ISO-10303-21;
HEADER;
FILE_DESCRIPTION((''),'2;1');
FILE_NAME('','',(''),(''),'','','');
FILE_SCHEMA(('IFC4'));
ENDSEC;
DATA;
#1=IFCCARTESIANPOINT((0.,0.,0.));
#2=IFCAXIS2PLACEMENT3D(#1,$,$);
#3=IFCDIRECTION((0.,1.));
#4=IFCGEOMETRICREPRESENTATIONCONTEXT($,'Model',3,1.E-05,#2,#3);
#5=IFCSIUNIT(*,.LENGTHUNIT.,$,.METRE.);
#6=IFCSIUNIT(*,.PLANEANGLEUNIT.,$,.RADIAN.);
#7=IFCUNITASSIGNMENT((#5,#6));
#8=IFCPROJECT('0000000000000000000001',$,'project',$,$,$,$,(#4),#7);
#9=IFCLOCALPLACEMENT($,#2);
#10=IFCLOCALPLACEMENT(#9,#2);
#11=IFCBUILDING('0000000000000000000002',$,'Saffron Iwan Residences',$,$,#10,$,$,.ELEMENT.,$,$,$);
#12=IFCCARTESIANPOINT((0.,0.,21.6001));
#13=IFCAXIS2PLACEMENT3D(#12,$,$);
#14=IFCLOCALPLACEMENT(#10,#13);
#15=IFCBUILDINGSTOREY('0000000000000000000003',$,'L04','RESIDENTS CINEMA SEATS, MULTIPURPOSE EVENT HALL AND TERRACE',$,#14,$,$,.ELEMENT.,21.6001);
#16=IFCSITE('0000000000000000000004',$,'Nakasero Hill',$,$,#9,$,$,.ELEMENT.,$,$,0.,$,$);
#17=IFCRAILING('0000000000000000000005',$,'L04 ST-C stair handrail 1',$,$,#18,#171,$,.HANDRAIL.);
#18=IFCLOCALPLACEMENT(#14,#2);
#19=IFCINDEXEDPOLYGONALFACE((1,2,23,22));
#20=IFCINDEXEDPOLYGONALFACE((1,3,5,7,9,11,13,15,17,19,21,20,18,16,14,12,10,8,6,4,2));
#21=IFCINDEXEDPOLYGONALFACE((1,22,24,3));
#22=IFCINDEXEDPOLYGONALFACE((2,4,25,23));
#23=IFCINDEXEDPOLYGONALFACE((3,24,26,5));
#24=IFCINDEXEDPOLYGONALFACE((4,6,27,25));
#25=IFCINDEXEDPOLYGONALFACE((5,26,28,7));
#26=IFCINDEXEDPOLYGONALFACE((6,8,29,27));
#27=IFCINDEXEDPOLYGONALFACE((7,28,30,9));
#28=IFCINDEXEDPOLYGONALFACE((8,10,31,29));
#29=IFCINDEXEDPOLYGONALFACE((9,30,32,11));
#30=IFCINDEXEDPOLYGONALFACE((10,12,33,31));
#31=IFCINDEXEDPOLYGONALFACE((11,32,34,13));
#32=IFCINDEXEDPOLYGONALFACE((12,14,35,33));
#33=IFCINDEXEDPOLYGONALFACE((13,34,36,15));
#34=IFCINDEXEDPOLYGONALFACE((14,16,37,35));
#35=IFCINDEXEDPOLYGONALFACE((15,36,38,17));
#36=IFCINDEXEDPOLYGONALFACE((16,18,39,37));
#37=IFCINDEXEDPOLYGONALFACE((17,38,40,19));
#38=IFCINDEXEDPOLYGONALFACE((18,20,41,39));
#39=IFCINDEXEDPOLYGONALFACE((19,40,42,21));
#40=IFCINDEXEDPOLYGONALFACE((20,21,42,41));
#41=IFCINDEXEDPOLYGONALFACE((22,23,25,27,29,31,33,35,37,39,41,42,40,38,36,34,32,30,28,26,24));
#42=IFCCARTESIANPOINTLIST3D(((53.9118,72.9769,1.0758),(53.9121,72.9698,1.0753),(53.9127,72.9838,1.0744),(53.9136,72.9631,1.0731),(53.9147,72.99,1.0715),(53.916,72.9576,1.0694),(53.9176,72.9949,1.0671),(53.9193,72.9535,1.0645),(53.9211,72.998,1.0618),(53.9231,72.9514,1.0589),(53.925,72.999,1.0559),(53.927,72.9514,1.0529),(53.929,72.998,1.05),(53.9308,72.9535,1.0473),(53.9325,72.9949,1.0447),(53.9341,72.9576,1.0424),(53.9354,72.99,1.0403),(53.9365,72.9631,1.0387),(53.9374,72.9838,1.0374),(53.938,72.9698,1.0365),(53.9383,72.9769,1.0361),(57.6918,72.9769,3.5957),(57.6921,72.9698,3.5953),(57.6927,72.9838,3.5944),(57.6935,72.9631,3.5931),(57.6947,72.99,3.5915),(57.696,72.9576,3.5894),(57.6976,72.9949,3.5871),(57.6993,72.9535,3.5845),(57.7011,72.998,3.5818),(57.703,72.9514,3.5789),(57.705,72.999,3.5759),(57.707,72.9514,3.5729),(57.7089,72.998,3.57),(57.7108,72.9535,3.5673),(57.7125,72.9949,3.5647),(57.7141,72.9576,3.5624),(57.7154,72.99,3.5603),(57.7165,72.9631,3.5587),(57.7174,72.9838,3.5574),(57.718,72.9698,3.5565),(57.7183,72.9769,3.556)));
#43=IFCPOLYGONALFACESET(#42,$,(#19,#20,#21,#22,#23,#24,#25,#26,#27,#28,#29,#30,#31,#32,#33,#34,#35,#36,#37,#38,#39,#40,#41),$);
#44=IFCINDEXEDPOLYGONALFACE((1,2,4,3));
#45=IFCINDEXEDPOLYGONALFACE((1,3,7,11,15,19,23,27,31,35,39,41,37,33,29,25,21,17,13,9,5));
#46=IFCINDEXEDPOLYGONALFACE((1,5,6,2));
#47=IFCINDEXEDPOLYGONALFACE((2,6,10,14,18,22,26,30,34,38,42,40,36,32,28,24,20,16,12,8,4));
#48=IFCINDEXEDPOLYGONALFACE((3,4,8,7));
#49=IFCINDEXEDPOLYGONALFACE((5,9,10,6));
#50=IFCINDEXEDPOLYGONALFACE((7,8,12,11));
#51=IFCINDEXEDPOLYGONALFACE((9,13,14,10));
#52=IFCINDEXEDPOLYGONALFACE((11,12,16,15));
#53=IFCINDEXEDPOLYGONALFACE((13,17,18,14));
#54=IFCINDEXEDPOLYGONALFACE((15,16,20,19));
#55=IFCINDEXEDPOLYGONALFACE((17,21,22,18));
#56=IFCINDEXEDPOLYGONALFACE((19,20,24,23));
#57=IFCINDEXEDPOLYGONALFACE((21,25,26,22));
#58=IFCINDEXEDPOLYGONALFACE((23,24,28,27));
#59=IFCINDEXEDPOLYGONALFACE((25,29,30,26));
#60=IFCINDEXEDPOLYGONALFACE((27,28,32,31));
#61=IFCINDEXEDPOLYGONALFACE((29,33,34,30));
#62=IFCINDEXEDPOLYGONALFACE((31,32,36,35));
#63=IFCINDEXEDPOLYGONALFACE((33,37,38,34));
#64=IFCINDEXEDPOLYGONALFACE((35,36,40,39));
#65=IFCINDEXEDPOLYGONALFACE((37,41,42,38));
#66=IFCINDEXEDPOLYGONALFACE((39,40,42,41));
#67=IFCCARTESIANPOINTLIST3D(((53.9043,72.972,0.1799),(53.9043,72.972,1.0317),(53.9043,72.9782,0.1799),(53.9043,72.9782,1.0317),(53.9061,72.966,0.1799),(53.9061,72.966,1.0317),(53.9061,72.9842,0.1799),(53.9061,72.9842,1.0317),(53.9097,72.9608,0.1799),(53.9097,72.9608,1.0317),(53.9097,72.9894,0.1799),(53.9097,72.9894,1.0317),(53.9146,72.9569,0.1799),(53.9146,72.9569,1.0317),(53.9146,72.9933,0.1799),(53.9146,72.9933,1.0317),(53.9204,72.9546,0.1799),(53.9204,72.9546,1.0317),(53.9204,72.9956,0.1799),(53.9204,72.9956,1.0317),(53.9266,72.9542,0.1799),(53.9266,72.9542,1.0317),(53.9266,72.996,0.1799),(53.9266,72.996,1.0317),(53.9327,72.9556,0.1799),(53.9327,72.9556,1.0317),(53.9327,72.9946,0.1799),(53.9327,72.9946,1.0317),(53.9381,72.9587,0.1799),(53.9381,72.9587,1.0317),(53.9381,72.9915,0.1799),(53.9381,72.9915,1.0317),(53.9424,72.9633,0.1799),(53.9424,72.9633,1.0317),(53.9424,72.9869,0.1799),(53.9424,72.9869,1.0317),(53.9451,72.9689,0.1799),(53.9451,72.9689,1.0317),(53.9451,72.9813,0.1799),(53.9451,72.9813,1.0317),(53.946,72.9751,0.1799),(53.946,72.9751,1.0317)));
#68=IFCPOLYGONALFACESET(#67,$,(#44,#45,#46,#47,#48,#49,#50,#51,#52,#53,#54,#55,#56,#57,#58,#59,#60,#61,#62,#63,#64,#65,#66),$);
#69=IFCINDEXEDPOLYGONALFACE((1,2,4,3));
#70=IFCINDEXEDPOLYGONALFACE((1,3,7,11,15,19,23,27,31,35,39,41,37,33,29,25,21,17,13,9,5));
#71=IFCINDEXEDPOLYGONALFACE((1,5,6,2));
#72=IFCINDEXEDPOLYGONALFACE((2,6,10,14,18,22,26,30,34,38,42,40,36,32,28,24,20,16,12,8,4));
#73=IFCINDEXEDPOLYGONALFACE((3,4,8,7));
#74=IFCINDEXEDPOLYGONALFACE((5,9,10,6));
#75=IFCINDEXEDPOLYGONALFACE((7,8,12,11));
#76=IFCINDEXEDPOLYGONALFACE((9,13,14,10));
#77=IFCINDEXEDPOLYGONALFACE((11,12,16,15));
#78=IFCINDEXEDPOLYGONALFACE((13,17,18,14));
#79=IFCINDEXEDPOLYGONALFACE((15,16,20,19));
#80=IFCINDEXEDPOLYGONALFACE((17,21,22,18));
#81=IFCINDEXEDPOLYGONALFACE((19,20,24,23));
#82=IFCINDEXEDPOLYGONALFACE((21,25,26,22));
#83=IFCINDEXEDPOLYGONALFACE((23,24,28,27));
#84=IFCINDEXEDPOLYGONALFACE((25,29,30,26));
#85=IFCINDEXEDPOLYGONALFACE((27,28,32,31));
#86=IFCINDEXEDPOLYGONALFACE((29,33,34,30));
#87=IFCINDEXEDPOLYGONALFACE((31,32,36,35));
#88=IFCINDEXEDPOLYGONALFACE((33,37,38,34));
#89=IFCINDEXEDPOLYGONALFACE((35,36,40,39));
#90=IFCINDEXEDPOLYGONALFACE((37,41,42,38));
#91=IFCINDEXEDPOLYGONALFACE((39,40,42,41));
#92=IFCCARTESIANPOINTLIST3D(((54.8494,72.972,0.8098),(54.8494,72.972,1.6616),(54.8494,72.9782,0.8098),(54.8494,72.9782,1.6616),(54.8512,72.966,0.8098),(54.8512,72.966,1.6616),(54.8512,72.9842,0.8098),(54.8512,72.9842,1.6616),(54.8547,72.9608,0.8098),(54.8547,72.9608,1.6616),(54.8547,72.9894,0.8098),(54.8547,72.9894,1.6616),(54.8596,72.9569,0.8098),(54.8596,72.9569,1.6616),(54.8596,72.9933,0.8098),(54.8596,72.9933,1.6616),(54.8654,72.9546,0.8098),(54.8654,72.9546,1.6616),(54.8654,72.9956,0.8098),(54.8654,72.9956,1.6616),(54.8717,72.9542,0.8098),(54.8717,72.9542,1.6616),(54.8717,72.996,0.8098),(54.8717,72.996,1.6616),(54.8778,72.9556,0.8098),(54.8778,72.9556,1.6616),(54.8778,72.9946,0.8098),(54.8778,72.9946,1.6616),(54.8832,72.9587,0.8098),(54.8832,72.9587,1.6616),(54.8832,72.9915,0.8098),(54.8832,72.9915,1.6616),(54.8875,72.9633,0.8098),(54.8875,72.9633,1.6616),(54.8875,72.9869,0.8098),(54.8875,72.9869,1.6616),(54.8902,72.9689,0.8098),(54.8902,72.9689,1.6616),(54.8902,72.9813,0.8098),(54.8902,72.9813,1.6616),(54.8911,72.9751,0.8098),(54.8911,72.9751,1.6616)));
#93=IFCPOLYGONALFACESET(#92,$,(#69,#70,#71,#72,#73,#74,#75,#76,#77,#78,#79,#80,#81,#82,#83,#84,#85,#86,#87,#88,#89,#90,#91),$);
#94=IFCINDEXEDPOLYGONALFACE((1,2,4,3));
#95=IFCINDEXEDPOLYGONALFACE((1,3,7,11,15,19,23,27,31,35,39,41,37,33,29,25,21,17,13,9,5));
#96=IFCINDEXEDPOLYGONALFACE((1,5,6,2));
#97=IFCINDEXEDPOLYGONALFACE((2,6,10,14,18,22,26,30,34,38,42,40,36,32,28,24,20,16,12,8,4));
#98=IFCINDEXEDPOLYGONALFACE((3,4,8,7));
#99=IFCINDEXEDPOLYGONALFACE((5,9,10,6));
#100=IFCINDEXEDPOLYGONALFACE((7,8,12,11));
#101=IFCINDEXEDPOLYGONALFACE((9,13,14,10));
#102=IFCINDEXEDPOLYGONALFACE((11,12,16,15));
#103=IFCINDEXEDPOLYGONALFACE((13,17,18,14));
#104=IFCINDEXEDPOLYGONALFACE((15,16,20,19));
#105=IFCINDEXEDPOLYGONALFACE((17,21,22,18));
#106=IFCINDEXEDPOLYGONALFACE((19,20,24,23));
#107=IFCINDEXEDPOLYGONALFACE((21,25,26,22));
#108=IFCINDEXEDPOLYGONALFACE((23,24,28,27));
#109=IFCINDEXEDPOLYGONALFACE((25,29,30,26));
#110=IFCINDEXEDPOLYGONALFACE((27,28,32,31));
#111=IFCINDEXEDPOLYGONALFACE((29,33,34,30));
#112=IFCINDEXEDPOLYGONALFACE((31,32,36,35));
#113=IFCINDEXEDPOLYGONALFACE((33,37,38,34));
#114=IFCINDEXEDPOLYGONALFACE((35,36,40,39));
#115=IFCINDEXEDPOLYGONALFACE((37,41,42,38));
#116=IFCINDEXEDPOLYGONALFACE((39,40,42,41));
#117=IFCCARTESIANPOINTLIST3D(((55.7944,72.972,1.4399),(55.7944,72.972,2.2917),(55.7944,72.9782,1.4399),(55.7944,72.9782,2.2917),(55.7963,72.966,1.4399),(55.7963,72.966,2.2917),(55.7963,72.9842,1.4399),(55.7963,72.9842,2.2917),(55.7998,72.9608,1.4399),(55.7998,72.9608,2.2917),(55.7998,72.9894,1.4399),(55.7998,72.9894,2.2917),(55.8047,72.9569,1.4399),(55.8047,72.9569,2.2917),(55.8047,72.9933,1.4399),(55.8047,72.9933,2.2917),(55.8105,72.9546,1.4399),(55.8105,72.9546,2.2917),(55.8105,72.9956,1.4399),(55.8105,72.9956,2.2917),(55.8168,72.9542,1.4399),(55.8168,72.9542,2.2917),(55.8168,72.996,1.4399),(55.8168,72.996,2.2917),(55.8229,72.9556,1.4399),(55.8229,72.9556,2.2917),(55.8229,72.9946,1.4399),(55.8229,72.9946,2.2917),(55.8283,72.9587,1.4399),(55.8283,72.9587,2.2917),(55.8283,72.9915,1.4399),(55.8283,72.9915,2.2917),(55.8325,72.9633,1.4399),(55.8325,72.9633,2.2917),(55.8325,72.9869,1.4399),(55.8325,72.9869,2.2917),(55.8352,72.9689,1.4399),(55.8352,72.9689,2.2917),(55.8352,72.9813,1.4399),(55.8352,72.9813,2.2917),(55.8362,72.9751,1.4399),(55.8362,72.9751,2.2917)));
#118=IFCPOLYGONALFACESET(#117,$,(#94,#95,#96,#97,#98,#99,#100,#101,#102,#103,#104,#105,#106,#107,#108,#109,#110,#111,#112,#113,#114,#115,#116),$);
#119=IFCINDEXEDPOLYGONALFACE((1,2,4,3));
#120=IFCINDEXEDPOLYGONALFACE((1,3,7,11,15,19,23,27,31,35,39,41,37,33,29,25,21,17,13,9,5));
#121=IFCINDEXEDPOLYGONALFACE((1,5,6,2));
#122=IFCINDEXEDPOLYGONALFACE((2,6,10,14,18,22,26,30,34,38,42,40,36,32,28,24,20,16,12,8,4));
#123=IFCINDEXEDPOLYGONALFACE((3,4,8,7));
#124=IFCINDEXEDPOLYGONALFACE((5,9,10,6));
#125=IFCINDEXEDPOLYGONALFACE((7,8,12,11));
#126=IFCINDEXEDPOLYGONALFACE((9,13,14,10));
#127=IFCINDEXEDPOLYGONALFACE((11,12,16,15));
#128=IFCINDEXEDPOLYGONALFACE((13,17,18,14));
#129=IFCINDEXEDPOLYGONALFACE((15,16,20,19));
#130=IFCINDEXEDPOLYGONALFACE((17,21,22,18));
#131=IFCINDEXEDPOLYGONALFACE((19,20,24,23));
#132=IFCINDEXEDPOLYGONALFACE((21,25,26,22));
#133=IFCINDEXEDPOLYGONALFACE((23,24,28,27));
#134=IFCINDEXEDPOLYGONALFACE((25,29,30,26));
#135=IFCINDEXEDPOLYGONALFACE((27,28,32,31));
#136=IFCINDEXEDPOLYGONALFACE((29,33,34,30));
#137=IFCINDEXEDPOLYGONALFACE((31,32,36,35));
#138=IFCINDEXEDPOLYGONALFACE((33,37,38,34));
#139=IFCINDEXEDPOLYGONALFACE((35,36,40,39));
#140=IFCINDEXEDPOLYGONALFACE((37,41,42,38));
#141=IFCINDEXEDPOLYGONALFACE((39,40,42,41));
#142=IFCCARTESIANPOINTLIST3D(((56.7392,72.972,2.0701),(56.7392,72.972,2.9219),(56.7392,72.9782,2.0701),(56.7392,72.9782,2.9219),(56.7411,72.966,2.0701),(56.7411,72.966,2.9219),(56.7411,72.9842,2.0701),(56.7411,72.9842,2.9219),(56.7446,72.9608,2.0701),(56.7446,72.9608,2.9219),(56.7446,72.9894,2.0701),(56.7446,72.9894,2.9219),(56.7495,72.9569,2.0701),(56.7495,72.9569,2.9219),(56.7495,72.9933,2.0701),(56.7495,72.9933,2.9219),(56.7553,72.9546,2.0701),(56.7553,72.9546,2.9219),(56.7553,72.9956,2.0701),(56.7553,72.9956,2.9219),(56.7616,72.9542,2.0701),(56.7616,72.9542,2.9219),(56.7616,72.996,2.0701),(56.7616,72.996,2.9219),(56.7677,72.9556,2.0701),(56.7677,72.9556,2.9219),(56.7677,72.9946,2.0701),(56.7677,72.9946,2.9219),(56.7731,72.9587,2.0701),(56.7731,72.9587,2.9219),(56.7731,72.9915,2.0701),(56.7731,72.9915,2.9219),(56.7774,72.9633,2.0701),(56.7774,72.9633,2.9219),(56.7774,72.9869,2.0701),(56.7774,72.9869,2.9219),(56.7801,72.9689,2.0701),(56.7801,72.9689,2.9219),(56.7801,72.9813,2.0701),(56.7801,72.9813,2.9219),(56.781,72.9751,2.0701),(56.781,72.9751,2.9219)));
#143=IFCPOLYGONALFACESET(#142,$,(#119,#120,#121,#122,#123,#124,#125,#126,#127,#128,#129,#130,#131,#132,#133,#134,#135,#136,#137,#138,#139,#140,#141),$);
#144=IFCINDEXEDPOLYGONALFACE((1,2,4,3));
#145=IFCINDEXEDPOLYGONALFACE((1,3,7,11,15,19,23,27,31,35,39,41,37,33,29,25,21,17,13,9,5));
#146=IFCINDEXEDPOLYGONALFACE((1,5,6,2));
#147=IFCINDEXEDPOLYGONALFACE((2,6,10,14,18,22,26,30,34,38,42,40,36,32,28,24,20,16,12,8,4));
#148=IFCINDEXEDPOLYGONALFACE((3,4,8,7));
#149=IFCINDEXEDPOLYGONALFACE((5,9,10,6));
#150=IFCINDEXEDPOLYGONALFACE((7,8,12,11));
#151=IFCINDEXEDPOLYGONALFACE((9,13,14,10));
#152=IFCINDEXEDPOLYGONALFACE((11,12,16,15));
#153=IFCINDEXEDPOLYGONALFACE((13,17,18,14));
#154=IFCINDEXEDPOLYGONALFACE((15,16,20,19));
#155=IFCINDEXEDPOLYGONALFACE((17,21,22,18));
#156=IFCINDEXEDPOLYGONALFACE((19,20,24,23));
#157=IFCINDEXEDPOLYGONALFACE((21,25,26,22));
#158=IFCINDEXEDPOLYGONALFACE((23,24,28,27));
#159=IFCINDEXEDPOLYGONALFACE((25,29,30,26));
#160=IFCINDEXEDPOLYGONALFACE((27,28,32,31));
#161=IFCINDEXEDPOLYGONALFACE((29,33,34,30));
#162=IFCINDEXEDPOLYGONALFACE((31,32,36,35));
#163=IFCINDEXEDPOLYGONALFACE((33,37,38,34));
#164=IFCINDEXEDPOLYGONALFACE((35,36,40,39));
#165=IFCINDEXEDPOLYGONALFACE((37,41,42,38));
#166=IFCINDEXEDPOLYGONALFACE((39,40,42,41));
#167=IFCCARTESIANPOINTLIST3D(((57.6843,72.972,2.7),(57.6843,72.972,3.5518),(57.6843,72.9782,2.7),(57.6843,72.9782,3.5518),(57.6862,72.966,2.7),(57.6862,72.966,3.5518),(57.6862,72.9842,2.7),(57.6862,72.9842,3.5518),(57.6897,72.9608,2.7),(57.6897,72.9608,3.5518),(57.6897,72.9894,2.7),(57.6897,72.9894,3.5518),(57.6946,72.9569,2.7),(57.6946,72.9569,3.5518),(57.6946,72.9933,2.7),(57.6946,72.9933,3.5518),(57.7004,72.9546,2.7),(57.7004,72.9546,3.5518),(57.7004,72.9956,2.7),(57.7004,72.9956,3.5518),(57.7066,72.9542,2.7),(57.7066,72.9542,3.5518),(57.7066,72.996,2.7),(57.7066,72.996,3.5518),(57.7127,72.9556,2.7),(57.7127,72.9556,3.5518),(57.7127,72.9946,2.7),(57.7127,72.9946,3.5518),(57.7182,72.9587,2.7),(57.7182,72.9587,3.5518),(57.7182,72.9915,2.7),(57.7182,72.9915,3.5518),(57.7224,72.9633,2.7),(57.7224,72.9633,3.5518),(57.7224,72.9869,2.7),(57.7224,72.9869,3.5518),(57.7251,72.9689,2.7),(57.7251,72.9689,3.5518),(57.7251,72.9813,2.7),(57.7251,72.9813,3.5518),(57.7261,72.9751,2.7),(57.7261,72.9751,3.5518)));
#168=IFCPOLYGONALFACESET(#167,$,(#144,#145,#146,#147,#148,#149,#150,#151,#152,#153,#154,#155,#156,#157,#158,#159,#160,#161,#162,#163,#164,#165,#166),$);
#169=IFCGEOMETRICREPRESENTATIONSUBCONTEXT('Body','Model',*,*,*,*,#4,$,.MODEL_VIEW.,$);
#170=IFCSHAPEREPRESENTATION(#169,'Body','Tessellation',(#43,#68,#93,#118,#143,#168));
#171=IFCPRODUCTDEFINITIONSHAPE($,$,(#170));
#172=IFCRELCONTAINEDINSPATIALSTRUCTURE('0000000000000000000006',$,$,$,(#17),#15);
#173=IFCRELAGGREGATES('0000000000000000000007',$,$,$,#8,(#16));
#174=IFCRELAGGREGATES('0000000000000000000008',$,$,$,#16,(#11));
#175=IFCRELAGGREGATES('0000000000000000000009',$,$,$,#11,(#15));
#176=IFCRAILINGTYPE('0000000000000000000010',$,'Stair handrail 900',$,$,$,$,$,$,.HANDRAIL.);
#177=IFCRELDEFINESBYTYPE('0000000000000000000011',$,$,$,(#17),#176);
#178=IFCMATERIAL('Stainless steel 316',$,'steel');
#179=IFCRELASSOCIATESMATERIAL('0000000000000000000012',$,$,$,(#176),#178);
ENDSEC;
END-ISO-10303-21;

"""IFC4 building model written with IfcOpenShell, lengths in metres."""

from ifc_helpers import new_model, si_unit, direction, frame, origin, origin_2d, place, context, subcontext, project, spatial, circle, extrude, material, type_object, element, save


model = new_model("IFC4")

# Units and contexts
model_context = context("Model", 3, precision=1e-05, world=origin(), true_north=direction((0.0, 1.0)))
body_context = subcontext(model_context, "Body", "Model", "MODEL_VIEW")
ifc_project = project(units=[si_unit("LENGTHUNIT", "METRE"), si_unit("PLANEANGLEUNIT", "RADIAN")], contexts=[model_context])

# Site, building, storey
site_placement = place(None, origin())
site = spatial("IfcSite", under=ifc_project, at=site_placement, Name="Nakasero Hill", CompositionType="ELEMENT", RefElevation=0.0)
building_placement = place(site_placement, origin())
building = spatial("IfcBuilding", under=site, at=building_placement, Name="Saffron Iwan Residences", CompositionType="ELEMENT")
storey_placement = place(building_placement, frame((0.0, 0.0, 21.6001)))
storey = spatial("IfcBuildingStorey", under=building, at=storey_placement, Name="L04", Description="RESIDENTS CINEMA SEATS, MULTIPURPOSE EVENT HALL AND TERRACE", CompositionType="ELEMENT", Elevation=21.6001)

# Railing
ifc_material_1 = material(Name="Stainless steel 316", Category="steel")
railing_type_1 = type_object("IfcRailingType", Name="Stair handrail 900", PredefinedType="HANDRAIL", material=ifc_material_1)
railing_1_placement = place(storey_placement, frame((53.925, 72.9751, 0.1799)))
element("IfcRailing", 1, at=railing_1_placement, inside=storey, type_object=railing_type_1, Name="L04 ST-C stair handrail 1", PredefinedType="HANDRAIL", context=body_context, shape_type="SweptSolid", body=[
    extrude(circle(Radius=0.0239, at=origin_2d()), frame((0.0, 0.0, 0.876), z_axis=(0.83205, 0.0, 0.5547), x_axis=(0.0, 1.0, 0.0)), (0.0, 0.0, 1.0), 4.543),
    extrude(circle(Radius=0.021, at=origin_2d()), origin(), (0.0, 0.0, 1.0), 0.8518),
    extrude(circle(Radius=0.021, at=origin_2d()), frame((0.9451, 0.0, 0.6299)), (0.0, 0.0, 1.0), 0.8518),
    extrude(circle(Radius=0.021, at=origin_2d()), frame((1.8901, 0.0, 1.26)), (0.0, 0.0, 1.0), 0.8518),
    extrude(circle(Radius=0.021, at=origin_2d()), frame((2.835, 0.0, 1.8901)), (0.0, 0.0, 1.0), 0.8518),
    extrude(circle(Radius=0.021, at=origin_2d()), frame((3.78, 0.0, 2.52)), (0.0, 0.0, 1.0), 0.8518),
])

save(model, "model.ifc")
